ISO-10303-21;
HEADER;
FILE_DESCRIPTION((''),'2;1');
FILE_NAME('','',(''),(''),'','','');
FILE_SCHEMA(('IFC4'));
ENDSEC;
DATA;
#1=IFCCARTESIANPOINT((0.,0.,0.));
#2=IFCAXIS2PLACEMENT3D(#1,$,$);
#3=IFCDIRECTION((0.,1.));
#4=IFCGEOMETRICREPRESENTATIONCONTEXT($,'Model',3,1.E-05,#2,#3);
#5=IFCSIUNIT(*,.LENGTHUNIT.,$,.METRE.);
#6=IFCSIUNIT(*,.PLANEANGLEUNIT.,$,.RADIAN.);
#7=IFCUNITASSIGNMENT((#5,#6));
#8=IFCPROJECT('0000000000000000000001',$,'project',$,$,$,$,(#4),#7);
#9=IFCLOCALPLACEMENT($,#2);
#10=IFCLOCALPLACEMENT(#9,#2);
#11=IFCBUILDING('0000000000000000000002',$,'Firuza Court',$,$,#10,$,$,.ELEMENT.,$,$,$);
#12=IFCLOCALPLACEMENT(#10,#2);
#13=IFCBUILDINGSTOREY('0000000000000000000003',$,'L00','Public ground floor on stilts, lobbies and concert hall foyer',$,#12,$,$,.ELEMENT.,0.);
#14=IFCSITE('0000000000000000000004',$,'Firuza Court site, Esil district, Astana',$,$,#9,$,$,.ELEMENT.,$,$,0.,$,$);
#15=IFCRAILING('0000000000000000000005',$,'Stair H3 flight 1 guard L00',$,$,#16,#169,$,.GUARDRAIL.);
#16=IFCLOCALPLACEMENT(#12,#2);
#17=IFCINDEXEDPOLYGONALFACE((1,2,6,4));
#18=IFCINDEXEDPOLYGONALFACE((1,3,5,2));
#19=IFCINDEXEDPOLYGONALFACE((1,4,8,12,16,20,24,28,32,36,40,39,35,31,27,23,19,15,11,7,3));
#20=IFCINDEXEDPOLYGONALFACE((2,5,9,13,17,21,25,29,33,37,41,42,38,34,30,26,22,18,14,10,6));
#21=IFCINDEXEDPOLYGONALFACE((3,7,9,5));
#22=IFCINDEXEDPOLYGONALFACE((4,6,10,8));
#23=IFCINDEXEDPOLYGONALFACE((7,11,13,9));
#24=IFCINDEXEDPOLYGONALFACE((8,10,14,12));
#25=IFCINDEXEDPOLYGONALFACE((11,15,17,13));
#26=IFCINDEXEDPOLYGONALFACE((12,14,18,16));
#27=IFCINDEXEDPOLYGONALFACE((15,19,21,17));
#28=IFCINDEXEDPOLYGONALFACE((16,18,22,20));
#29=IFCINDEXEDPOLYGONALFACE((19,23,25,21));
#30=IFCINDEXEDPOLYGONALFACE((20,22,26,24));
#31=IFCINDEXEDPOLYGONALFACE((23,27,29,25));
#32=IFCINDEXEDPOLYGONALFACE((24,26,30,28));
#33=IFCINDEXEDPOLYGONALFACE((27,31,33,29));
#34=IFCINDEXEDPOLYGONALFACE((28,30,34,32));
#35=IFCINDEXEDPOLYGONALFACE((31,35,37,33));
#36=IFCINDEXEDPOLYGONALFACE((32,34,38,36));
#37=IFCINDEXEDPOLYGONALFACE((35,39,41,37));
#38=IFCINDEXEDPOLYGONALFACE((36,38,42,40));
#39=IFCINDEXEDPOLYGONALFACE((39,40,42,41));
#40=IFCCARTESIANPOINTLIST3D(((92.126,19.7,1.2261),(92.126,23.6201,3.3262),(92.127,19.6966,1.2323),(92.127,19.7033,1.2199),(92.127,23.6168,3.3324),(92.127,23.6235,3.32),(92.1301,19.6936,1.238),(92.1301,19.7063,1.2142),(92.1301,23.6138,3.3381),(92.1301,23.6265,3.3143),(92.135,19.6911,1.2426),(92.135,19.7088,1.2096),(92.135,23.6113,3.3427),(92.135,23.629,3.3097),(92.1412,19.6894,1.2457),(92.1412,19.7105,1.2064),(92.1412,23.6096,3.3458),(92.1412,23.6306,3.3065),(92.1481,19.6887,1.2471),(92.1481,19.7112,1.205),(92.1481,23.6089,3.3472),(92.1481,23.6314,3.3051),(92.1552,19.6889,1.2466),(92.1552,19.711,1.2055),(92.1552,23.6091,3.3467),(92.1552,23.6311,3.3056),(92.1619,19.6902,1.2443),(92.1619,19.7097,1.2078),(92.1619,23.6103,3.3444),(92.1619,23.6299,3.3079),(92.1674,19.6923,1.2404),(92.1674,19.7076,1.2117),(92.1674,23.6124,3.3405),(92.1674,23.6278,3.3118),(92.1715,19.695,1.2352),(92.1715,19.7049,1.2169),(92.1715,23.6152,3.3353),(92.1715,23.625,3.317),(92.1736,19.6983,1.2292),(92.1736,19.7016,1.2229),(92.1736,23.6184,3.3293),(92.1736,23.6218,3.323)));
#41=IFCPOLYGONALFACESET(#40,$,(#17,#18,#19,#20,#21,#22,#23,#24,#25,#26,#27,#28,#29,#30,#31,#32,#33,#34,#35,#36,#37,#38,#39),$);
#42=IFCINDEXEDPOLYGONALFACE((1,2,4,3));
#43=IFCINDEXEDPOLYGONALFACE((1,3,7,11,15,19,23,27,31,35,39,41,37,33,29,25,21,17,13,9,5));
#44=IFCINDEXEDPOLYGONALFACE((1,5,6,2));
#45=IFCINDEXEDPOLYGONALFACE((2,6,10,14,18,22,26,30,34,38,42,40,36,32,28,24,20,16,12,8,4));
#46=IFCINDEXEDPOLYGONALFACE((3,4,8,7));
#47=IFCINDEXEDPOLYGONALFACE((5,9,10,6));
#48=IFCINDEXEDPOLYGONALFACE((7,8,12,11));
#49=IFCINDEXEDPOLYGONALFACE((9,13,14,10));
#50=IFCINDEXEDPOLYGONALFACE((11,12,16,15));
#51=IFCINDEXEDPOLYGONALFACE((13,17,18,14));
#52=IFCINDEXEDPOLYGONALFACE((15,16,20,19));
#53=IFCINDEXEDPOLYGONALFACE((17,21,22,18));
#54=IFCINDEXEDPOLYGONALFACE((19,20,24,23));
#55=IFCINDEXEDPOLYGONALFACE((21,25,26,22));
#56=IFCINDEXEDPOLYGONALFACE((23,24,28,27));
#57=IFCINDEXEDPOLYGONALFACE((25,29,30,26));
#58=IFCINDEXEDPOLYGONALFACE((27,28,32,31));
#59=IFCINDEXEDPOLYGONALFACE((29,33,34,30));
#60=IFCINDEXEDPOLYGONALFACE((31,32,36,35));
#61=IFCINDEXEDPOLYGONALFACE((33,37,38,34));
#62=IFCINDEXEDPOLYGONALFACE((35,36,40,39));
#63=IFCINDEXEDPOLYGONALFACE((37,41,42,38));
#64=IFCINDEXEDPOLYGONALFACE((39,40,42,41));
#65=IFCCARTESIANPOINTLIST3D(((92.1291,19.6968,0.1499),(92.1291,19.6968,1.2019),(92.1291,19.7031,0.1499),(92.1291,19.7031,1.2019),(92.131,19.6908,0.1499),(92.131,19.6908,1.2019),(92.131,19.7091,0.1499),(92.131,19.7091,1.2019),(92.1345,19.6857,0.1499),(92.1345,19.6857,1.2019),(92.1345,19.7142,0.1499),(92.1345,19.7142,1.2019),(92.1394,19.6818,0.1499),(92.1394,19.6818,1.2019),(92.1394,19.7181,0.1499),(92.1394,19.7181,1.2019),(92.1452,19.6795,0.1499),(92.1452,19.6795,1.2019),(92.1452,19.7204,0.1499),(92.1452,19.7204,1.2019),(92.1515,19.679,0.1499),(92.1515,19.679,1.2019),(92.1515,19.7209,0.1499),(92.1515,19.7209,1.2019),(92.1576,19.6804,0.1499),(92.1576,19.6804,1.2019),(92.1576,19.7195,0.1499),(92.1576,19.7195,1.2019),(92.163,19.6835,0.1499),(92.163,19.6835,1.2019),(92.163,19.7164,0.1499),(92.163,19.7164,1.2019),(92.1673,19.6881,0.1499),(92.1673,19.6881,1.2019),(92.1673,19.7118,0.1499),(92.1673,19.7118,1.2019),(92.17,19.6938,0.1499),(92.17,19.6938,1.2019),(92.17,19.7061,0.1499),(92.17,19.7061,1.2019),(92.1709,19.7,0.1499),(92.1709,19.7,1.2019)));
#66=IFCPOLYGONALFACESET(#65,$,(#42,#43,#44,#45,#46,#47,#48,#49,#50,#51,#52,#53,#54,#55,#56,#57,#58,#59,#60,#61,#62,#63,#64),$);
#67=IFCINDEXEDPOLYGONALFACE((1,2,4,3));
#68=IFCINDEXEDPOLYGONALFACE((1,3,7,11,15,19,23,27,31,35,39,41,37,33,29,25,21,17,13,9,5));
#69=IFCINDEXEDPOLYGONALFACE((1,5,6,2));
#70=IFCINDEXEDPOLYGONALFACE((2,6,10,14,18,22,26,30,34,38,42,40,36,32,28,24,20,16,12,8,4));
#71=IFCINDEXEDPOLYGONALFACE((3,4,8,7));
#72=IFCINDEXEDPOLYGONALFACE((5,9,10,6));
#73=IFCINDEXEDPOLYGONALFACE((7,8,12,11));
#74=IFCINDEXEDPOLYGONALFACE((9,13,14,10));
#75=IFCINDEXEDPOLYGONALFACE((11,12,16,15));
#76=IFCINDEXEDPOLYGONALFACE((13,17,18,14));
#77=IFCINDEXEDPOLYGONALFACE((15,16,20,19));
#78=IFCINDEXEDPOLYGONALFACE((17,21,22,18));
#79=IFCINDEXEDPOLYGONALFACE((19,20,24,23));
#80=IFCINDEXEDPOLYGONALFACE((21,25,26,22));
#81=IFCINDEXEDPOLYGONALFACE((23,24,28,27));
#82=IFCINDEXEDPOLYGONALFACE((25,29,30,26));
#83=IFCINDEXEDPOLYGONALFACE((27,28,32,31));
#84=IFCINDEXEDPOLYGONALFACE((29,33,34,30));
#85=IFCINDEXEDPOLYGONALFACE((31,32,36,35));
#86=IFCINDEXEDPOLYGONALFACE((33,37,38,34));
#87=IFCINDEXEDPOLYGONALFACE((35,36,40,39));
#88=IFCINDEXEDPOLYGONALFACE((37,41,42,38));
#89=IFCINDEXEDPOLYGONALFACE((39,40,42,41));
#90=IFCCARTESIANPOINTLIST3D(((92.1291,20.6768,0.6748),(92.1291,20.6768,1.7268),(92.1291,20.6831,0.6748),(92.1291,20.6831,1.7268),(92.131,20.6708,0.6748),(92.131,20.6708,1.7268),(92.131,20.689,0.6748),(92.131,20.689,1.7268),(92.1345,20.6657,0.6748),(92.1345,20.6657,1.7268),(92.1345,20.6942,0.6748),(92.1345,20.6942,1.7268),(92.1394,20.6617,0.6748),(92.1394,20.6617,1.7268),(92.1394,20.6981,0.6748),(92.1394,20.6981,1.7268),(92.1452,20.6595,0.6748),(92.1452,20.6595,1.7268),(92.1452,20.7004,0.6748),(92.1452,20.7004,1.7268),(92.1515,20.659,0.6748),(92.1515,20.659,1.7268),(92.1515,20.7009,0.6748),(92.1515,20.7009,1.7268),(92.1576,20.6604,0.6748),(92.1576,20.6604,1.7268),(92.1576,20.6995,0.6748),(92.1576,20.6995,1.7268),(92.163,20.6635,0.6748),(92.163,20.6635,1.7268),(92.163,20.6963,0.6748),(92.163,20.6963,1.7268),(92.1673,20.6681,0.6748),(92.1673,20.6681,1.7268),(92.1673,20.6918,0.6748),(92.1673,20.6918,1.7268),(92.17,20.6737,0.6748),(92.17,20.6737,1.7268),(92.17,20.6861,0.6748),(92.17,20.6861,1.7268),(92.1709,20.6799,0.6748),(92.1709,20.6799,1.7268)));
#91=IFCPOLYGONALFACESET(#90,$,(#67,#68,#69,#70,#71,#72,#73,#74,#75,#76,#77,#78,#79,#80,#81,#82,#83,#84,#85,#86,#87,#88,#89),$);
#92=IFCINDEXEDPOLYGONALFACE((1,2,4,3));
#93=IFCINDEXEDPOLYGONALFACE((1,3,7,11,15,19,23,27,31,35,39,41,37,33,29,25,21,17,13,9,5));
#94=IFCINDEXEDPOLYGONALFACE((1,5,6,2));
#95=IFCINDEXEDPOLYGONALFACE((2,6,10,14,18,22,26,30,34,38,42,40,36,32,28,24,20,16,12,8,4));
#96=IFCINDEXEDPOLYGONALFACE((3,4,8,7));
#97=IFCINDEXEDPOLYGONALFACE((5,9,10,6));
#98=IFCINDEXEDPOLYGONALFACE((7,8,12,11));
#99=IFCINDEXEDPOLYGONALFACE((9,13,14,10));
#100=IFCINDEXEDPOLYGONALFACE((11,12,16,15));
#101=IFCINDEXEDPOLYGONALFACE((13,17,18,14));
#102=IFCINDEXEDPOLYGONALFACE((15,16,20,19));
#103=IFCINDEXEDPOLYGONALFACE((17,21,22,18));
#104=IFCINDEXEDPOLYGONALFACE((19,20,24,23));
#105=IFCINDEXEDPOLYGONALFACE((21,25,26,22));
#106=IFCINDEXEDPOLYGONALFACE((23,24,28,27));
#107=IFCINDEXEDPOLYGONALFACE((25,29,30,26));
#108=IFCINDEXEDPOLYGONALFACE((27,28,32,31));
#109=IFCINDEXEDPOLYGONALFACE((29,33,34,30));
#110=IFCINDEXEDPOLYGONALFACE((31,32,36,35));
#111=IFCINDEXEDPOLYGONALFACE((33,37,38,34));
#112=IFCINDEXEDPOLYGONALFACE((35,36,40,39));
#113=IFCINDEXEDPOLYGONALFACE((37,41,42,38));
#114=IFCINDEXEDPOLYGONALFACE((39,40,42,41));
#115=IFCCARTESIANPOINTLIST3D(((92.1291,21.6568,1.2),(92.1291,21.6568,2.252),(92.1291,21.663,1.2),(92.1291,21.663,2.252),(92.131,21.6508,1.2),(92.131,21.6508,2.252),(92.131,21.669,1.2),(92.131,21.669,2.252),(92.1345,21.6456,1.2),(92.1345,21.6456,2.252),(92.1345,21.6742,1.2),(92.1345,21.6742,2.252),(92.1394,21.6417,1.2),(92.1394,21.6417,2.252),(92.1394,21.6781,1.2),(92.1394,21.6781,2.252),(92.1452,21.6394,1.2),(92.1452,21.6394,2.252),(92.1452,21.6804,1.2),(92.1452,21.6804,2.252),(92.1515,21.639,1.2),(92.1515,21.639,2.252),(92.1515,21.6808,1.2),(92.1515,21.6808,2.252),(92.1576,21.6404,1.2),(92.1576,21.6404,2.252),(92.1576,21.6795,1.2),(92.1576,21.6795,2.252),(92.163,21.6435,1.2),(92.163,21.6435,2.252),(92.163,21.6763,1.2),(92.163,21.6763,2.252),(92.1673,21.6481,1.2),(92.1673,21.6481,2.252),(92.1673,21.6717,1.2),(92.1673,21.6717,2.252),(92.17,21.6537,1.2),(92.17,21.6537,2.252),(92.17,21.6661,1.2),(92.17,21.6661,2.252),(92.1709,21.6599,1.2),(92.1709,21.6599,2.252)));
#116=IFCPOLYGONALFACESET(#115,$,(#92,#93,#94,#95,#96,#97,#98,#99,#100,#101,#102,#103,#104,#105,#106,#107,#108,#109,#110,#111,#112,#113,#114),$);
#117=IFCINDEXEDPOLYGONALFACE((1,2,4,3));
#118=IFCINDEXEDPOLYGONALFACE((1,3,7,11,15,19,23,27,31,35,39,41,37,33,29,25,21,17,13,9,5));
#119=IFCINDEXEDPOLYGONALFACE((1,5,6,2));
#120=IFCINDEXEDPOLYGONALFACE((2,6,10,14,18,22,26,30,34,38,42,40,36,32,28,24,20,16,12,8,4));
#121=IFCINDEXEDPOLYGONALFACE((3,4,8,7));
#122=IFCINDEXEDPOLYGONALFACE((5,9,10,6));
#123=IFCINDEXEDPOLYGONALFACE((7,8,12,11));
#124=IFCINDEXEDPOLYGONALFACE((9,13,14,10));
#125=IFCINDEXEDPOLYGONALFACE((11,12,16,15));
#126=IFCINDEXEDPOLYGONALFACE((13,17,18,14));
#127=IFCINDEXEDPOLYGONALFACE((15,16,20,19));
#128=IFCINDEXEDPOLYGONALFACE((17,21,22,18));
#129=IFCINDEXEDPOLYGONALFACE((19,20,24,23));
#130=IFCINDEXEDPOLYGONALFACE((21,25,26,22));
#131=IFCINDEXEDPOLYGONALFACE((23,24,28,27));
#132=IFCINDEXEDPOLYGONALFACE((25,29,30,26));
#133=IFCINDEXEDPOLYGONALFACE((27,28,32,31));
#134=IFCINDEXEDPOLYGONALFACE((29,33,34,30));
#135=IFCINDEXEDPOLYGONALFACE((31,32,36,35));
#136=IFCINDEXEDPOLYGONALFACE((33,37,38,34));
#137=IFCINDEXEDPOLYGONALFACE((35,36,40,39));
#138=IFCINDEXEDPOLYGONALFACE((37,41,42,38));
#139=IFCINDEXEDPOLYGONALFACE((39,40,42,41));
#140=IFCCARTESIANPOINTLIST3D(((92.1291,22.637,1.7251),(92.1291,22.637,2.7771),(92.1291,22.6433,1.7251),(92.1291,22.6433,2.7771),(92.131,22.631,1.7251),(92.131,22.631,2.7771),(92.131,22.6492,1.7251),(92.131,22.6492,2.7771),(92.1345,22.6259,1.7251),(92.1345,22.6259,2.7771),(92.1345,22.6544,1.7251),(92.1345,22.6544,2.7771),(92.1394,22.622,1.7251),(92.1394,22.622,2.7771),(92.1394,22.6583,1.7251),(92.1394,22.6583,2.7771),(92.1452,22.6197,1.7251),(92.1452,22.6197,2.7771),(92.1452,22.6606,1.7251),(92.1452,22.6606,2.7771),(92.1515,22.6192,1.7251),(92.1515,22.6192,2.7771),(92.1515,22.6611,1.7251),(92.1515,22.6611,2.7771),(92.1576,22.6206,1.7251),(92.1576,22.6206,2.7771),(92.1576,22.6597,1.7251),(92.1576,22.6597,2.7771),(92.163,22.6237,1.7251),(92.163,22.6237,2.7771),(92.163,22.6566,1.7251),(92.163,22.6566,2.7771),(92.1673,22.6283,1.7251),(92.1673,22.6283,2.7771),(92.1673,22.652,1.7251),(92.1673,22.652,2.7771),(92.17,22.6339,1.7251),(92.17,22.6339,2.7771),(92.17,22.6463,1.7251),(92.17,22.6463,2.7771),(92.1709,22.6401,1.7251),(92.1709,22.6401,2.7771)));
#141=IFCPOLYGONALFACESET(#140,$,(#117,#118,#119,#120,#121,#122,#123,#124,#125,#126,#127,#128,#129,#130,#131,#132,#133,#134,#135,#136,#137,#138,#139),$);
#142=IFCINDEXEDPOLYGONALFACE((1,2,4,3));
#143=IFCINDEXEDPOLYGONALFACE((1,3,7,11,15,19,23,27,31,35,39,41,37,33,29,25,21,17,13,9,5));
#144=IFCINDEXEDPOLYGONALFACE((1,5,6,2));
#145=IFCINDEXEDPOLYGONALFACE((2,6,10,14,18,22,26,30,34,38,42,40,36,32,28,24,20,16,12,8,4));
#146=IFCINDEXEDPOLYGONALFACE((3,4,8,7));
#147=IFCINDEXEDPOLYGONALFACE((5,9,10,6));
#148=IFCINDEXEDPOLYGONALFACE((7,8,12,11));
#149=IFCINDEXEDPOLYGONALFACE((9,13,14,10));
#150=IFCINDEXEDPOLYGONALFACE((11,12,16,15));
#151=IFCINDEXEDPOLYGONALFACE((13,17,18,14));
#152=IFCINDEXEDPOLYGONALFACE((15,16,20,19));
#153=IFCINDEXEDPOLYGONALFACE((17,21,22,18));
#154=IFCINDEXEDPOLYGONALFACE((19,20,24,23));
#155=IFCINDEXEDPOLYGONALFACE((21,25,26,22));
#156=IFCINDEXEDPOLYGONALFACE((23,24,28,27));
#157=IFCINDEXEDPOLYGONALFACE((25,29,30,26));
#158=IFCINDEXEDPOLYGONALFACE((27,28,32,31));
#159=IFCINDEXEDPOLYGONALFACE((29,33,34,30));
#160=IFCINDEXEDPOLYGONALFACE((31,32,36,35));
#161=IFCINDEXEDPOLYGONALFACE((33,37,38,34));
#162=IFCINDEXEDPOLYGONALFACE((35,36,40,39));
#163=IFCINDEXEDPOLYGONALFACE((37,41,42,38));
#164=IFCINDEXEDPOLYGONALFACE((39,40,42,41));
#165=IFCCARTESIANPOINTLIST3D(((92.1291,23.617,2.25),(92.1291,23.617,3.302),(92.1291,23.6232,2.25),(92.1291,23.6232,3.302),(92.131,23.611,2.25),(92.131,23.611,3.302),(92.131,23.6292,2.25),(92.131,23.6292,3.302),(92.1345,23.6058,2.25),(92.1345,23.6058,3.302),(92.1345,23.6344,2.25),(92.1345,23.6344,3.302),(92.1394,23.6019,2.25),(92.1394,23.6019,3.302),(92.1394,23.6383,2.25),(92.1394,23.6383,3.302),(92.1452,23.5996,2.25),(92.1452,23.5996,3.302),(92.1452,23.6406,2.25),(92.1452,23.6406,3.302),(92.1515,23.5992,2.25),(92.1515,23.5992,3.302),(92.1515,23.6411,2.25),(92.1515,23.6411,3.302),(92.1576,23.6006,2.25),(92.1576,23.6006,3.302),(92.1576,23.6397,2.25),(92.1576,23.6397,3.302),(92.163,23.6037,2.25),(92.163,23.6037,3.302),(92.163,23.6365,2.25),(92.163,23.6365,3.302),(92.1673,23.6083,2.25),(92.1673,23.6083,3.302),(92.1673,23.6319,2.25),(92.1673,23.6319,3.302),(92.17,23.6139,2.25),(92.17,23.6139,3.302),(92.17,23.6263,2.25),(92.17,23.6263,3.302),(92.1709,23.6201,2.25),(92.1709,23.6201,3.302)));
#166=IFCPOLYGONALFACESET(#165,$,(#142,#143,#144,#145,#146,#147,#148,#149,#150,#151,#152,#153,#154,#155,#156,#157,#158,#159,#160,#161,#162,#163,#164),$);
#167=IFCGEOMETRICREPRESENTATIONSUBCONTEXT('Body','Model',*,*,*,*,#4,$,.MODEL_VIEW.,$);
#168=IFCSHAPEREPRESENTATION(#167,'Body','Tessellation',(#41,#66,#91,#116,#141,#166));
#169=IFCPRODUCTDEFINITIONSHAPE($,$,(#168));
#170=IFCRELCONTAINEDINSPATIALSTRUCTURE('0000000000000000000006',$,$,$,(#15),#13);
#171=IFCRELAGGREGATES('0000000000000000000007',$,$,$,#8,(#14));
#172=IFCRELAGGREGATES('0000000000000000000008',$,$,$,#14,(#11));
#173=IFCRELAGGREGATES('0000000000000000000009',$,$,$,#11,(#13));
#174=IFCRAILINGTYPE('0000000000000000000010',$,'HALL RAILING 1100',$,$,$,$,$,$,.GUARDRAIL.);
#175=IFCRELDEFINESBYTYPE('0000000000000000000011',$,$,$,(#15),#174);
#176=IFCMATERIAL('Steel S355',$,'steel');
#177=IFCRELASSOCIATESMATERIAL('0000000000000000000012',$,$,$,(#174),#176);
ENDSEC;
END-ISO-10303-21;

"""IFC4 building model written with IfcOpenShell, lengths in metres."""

from ifc_helpers import new_model, si_unit, direction, frame, origin, origin_2d, place, context, subcontext, project, spatial, circle, extrude, material, type_object, element, save


model = new_model("IFC4")

# Units and contexts
model_context = context("Model", 3, precision=1e-05, world=origin(), true_north=direction((0.0, 1.0)))
body_context = subcontext(model_context, "Body", "Model", "MODEL_VIEW")
ifc_project = project(units=[si_unit("LENGTHUNIT", "METRE"), si_unit("PLANEANGLEUNIT", "RADIAN")], contexts=[model_context])

# Site, building, storey
site_placement = place(None, origin())
site = spatial("IfcSite", under=ifc_project, at=site_placement, Name="Firuza Court site, Esil district, Astana", CompositionType="ELEMENT", RefElevation=0.0)
building_placement = place(site_placement, origin())
building = spatial("IfcBuilding", under=site, at=building_placement, Name="Firuza Court", CompositionType="ELEMENT")
storey_placement = place(building_placement, origin())
storey = spatial("IfcBuildingStorey", under=building, at=storey_placement, Name="L00", Description="Public ground floor on stilts, lobbies and concert hall foyer", CompositionType="ELEMENT", Elevation=0.0)

# Railing
ifc_material_1 = material(Name="Steel S355", Category="steel")
railing_type_1 = type_object("IfcRailingType", Name="HALL RAILING 1100", PredefinedType="GUARDRAIL", material=ifc_material_1)
railing_1_placement = place(storey_placement, frame((92.1499, 19.7, 0.1499)))
element("IfcRailing", 1, at=railing_1_placement, inside=storey, type_object=railing_type_1, Name="Stair H3 flight 1 guard L00", PredefinedType="GUARDRAIL", context=body_context, shape_type="SweptSolid", body=[
    extrude(circle(Radius=0.0239, at=origin_2d()), frame((0.0, 0.0, 1.0762), z_axis=(0.0, 0.881479, 0.472223), x_axis=(-1.0, 0.0, 0.0)), (0.0, 0.0, 1.0), 4.4473),
    extrude(circle(Radius=0.021, at=origin_2d()), origin(), (0.0, 0.0, 1.0), 1.052),
    extrude(circle(Radius=0.021, at=origin_2d()), frame((0.0, 0.98, 0.5249)), (0.0, 0.0, 1.0), 1.052),
    extrude(circle(Radius=0.021, at=origin_2d()), frame((0.0, 1.96, 1.05)), (0.0, 0.0, 1.0), 1.052),
    extrude(circle(Radius=0.021, at=origin_2d()), frame((0.0, 2.9402, 1.5752)), (0.0, 0.0, 1.0), 1.052),
    extrude(circle(Radius=0.021, at=origin_2d()), frame((0.0, 3.9202, 2.1001)), (0.0, 0.0, 1.0), 1.052),
])

save(model, "model.ifc")
